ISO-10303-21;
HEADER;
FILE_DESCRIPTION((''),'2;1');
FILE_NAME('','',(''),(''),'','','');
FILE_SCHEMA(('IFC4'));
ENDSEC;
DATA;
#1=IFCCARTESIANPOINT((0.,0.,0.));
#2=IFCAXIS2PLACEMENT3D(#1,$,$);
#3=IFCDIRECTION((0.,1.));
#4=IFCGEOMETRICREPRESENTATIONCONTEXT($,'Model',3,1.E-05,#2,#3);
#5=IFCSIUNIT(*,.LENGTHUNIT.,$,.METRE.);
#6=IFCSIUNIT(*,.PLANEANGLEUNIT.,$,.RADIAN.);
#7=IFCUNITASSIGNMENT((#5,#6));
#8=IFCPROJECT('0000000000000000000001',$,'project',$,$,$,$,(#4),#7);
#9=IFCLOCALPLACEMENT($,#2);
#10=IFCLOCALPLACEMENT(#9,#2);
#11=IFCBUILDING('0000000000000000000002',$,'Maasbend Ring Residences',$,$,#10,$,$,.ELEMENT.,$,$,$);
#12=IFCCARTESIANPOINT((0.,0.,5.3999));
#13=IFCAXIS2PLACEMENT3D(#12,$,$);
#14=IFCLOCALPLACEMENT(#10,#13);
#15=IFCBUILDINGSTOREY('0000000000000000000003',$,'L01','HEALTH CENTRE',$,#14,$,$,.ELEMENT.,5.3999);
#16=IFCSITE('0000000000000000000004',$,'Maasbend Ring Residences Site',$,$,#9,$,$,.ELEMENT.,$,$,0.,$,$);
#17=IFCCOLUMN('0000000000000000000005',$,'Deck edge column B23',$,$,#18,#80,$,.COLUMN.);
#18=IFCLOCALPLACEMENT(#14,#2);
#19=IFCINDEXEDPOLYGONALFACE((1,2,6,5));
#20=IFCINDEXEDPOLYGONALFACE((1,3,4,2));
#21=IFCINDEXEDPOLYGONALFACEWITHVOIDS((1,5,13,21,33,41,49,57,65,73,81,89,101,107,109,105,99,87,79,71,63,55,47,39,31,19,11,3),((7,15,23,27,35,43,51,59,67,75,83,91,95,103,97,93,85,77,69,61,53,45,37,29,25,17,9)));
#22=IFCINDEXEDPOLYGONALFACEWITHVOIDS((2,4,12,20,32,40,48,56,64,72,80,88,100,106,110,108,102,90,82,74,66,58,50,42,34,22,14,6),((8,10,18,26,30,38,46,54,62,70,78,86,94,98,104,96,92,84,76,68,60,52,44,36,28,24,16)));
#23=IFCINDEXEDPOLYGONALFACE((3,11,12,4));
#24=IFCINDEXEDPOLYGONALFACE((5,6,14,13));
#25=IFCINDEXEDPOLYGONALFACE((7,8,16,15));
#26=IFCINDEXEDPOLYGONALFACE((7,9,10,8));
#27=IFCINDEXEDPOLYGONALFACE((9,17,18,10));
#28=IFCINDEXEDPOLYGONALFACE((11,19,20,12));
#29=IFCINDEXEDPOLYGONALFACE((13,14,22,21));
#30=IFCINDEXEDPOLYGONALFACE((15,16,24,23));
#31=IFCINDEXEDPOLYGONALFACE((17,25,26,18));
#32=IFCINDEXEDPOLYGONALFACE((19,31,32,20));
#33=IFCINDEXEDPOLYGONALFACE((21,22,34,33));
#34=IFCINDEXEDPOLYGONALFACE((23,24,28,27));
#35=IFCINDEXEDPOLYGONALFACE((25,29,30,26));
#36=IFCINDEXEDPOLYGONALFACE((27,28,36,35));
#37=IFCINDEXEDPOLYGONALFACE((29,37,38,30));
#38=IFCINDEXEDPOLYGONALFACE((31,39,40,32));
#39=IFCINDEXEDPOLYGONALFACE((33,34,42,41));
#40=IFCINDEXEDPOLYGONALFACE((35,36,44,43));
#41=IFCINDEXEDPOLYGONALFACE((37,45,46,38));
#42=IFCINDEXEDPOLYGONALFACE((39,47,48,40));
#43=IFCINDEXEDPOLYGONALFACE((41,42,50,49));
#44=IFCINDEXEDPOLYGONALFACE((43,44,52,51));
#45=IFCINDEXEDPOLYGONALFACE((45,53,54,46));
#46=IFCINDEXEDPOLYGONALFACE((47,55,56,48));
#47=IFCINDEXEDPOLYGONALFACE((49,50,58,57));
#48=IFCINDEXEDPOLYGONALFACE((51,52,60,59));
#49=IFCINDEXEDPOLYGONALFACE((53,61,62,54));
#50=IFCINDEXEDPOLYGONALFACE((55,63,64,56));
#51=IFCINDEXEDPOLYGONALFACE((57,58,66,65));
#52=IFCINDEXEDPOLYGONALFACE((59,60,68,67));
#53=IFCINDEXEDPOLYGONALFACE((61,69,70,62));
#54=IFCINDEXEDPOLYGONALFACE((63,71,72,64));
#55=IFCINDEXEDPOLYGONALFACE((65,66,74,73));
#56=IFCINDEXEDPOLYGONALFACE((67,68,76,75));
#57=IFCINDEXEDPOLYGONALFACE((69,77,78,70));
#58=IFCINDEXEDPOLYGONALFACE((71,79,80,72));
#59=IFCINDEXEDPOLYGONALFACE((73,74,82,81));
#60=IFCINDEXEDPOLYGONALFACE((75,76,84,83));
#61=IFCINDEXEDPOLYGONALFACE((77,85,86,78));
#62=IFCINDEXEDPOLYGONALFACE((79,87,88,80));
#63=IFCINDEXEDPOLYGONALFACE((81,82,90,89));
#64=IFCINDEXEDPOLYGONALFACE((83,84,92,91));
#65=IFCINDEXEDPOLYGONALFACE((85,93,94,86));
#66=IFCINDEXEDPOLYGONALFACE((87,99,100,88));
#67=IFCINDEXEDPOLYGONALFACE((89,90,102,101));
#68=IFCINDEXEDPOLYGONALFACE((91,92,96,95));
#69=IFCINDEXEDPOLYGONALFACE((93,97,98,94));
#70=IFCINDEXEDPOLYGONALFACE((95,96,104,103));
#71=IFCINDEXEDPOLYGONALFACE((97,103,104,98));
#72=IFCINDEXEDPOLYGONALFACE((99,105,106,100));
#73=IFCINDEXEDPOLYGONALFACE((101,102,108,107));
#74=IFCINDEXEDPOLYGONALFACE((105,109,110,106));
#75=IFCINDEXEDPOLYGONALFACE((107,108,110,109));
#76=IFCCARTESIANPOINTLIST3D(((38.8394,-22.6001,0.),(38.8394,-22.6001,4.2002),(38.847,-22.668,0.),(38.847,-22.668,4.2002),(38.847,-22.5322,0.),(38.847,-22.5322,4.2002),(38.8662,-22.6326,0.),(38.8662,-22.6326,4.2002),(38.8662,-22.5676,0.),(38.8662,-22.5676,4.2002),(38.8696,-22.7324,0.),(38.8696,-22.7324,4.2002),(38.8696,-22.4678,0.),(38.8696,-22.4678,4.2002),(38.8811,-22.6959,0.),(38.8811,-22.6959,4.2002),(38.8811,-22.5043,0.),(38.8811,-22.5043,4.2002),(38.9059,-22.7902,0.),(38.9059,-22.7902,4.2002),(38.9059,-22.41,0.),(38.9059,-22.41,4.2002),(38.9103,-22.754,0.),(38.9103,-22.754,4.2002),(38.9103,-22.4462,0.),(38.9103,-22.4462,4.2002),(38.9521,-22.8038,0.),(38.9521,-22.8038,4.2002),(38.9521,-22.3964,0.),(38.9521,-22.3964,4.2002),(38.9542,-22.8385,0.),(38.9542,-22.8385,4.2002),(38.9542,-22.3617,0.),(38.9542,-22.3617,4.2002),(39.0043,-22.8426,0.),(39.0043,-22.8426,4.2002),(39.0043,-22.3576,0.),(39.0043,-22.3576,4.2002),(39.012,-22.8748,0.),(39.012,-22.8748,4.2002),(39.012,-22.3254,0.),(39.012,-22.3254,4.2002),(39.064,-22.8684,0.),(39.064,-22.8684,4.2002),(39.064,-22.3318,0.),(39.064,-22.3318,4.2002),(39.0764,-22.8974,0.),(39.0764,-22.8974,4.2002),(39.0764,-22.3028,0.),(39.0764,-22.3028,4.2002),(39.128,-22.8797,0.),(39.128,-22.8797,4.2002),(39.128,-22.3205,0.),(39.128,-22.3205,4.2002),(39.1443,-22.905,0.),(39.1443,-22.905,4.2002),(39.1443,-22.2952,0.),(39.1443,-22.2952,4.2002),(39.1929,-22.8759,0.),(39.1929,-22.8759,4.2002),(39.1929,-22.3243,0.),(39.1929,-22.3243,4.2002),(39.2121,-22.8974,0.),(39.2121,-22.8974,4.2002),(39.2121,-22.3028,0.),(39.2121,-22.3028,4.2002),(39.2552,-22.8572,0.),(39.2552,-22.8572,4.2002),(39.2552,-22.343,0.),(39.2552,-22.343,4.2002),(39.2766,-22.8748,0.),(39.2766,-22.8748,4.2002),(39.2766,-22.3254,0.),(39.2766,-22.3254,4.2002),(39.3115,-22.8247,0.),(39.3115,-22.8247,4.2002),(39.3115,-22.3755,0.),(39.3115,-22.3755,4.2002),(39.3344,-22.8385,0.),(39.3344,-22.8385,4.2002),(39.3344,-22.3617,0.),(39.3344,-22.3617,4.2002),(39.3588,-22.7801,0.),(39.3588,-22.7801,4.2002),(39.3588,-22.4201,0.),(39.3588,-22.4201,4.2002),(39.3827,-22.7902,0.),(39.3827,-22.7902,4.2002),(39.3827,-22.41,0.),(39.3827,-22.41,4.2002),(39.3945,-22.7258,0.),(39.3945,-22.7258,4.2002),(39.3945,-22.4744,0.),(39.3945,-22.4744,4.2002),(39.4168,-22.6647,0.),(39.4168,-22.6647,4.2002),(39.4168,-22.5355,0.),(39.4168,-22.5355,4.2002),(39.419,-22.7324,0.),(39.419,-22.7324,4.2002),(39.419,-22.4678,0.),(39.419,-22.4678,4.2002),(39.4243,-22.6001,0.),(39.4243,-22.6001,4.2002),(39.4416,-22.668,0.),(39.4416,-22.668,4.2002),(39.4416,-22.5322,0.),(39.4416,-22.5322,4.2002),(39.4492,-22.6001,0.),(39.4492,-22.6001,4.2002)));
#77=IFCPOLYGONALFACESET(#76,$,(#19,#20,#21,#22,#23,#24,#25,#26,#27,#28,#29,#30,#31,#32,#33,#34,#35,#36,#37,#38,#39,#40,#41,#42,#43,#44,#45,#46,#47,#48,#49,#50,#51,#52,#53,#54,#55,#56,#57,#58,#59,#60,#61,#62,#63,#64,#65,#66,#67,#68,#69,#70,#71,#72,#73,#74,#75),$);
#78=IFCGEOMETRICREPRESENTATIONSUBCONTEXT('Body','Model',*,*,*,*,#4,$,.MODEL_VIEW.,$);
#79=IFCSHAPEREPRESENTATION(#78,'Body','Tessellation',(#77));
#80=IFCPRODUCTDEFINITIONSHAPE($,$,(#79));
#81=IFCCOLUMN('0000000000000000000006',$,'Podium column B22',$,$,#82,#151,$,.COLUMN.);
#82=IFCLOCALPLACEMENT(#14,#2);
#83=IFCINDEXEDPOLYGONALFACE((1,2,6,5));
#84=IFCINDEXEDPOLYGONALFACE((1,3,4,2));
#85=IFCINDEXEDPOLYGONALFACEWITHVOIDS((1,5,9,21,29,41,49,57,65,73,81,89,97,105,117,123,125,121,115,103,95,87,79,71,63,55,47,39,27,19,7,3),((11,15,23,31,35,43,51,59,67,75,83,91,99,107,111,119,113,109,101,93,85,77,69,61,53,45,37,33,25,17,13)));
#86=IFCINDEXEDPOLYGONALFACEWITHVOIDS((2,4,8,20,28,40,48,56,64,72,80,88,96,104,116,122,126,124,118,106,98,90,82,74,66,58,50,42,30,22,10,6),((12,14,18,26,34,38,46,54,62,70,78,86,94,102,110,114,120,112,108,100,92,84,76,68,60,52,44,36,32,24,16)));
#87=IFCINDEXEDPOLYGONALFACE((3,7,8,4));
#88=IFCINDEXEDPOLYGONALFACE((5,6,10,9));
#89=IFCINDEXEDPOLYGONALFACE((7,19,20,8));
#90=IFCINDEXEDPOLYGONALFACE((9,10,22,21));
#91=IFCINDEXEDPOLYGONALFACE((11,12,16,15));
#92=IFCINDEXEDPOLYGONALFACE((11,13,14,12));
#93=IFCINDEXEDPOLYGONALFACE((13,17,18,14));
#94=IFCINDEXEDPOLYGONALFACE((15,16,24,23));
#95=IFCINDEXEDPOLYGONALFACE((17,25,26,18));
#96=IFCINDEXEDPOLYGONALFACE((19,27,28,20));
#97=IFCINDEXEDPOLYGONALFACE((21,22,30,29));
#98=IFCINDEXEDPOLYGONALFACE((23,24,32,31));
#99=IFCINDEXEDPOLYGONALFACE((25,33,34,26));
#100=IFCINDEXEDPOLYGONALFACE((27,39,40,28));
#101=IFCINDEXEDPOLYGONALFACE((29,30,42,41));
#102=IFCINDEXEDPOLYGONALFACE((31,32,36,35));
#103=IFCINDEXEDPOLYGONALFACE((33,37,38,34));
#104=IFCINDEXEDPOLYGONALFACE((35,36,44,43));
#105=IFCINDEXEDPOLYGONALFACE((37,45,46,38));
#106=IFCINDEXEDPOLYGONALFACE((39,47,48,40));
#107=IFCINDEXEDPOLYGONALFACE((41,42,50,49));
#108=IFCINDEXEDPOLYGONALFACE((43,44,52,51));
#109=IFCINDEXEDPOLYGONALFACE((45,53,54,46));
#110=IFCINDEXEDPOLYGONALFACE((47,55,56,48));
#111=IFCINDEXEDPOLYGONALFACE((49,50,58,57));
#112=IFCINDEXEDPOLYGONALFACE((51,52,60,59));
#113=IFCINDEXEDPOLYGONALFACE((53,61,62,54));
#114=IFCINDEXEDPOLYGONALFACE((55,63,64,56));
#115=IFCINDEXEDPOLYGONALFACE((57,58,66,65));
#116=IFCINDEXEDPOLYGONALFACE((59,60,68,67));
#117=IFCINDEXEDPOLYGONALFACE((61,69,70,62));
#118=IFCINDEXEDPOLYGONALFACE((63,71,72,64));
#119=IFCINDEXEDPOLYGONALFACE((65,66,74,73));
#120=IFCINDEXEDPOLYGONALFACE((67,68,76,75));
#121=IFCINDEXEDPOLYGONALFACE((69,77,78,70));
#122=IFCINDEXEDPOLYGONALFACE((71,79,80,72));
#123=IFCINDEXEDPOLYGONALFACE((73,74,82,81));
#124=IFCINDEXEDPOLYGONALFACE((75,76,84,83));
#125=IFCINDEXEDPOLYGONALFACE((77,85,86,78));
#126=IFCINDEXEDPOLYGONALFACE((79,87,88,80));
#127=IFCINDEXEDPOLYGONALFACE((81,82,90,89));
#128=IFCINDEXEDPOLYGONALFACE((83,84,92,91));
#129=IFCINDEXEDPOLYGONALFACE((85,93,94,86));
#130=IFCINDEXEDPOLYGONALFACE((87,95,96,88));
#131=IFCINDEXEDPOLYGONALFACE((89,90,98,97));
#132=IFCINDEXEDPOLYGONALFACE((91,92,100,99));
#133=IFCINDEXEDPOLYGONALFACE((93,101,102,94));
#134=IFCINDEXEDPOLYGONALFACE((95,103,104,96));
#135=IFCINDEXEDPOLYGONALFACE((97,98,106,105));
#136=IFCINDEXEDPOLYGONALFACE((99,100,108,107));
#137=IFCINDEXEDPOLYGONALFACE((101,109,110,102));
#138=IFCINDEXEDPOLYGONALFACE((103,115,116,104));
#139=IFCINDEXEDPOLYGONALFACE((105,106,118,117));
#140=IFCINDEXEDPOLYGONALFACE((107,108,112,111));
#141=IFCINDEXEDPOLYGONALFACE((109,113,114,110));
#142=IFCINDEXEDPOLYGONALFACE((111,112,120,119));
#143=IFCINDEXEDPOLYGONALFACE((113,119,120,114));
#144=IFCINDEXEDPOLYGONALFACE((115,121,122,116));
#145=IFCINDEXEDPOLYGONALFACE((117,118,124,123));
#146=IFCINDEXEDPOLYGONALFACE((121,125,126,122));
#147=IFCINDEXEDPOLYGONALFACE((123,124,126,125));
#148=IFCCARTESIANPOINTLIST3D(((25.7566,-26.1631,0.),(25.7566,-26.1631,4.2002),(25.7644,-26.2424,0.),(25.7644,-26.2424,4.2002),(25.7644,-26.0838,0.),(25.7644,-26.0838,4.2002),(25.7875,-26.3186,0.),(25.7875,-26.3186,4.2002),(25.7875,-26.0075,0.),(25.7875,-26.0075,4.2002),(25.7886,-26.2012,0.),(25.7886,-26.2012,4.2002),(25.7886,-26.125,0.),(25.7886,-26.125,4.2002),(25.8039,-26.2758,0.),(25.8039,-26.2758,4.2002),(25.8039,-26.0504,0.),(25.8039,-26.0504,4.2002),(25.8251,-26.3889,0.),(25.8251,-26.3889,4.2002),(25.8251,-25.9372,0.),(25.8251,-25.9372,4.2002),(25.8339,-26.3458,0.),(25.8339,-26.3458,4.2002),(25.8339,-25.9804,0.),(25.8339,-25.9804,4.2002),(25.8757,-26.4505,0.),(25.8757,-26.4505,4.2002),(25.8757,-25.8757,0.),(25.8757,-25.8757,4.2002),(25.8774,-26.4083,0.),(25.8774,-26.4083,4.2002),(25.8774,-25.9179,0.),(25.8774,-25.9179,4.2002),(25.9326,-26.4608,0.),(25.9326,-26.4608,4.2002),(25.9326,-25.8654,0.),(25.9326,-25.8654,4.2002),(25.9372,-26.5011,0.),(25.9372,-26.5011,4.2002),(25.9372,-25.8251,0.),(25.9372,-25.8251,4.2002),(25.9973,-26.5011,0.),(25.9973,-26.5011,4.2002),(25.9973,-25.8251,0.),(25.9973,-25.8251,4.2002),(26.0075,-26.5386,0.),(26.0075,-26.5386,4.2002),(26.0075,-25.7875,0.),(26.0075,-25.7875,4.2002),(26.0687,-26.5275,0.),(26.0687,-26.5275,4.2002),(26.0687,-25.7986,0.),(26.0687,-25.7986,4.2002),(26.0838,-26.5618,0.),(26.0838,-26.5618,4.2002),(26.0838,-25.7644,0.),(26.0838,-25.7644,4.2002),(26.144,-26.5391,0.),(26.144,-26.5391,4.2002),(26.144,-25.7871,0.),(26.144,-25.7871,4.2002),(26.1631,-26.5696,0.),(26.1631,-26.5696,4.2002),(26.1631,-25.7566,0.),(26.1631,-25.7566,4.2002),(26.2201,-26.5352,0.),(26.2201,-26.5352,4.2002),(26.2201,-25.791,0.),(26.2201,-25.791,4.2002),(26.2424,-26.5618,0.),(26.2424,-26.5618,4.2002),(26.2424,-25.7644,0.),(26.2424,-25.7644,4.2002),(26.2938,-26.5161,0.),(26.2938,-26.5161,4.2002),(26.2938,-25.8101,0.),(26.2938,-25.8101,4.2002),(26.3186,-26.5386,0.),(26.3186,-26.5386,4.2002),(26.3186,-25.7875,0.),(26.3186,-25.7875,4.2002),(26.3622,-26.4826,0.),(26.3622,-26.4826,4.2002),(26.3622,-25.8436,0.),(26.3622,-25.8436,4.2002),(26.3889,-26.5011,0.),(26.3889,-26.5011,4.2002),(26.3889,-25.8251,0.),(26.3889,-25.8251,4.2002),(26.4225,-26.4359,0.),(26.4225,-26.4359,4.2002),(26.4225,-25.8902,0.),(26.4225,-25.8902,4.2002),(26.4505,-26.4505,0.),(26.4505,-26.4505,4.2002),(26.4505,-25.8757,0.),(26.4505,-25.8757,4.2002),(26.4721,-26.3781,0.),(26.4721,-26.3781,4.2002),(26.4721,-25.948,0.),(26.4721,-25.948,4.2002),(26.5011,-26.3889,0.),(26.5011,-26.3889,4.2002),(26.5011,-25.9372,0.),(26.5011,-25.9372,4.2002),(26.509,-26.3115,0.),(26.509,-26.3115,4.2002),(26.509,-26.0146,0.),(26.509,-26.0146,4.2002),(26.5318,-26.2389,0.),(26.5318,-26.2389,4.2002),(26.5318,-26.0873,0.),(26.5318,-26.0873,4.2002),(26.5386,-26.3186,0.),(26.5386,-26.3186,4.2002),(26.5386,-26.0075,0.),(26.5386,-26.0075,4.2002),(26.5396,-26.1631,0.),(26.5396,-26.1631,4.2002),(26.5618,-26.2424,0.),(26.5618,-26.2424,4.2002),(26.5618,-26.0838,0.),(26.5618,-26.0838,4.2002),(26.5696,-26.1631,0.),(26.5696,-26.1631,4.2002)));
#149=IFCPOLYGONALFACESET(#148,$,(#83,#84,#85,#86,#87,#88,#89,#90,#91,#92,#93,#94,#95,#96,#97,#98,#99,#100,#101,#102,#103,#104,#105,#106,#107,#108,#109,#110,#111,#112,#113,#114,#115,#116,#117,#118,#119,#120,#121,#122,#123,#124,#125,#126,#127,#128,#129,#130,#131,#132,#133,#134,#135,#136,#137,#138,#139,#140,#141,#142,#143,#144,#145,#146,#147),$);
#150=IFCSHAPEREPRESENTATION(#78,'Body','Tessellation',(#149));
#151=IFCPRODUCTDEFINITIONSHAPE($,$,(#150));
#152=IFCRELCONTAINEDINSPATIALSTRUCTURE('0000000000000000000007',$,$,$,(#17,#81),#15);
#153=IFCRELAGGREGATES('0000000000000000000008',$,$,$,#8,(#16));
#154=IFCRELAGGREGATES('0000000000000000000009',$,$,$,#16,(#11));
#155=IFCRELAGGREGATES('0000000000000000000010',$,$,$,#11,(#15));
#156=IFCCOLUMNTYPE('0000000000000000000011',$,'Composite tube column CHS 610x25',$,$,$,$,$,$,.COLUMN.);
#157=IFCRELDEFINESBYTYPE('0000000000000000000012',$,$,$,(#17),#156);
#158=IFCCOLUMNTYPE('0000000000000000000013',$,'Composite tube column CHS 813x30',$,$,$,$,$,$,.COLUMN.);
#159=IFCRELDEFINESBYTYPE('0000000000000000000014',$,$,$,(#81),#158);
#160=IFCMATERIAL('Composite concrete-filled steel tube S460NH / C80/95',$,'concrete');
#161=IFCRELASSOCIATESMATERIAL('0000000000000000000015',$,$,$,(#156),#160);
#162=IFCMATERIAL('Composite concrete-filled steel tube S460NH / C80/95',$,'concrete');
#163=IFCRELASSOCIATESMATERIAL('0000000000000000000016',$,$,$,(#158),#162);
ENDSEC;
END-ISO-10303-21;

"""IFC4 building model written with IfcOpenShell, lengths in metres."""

from ifc_helpers import new_model, si_unit, direction, frame, origin, origin_2d, place, context, subcontext, project, spatial, hollow_circle, extrude, material, material_profile, profile_set, type_object, element, save


model = new_model("IFC4")

# Units and contexts
model_context = context("Model", 3, precision=1e-05, world=origin(), true_north=direction((0.0, 1.0)))
body_context = subcontext(model_context, "Body", "Model", "MODEL_VIEW")
ifc_project = project(units=[si_unit("LENGTHUNIT", "METRE"), si_unit("PLANEANGLEUNIT", "RADIAN")], contexts=[model_context])

# Site, building, storey
site_placement = place(None, origin())
site = spatial("IfcSite", under=ifc_project, at=site_placement, Name="Maasbend Ring Residences Site", CompositionType="ELEMENT", RefElevation=0.0)
building_placement = place(site_placement, origin())
building = spatial("IfcBuilding", under=site, at=building_placement, Name="Maasbend Ring Residences", CompositionType="ELEMENT")
storey_placement = place(building_placement, frame((0.0, 0.0, 5.3999)))
storey = spatial("IfcBuildingStorey", under=building, at=storey_placement, Name="L01", Description="HEALTH CENTRE", CompositionType="ELEMENT", Elevation=5.3999)

# Columns
ifc_material_1 = material(Name="Composite concrete-filled steel tube S460NH / C80/95", Category="concrete")
ifc_material_profile_1 = material_profile(ifc_material_1, hollow_circle(Radius=0.3049, WallThickness=0.0249, at=origin_2d()), Name="Composite tube column CHS 610x25")
ifc_profile_set_1 = profile_set([ifc_material_profile_1], Name="Composite concrete-filled steel tube S460NH / C80/95")
column_type_1 = type_object("IfcColumnType", Name="Composite tube column CHS 610x25", PredefinedType="COLUMN", material=ifc_profile_set_1)
column_placement = place(storey_placement, frame((39.1443, -22.6001, 0.0), z_axis=(0.0, 0.0, 1.0), x_axis=(1.0, 0.0, 0.0)))
element("IfcColumn", 1, at=column_placement, inside=storey, type_object=column_type_1, Name="Deck edge column B23", PredefinedType="COLUMN", context=body_context, shape_type="SweptSolid", body=[
    extrude(hollow_circle(Radius=0.3049, WallThickness=0.0249, at=origin_2d()), origin(), (0.0, 0.0, 1.0), 4.2002),
])
ifc_material_2 = material(Name="Composite concrete-filled steel tube S460NH / C80/95", Category="concrete")
ifc_material_profile_2 = material_profile(ifc_material_2, hollow_circle(Radius=0.4065, WallThickness=0.03, at=origin_2d()), Name="Composite tube column CHS 813x30")
ifc_profile_set_2 = profile_set([ifc_material_profile_2], Name="Composite concrete-filled steel tube S460NH / C80/95")
column_type_2 = type_object("IfcColumnType", Name="Composite tube column CHS 813x30", PredefinedType="COLUMN", material=ifc_profile_set_2)
for number, where, z_axis, x_axis, name in (
    (2, (26.1631, -26.1631, 0.0), (0.0, 0.0, 1.0), (1.0, 0.0, 0.0), "Podium column B22"),
):
    element("IfcColumn", number, at=place(storey_placement, frame(where, z_axis=z_axis, x_axis=x_axis)), inside=storey, type_object=column_type_2, Name=name, PredefinedType="COLUMN", context=body_context, shape_type="SweptSolid", body=[
        extrude(hollow_circle(Radius=0.4065, WallThickness=0.03, at=origin_2d()), origin(), (0.0, 0.0, 1.0), 4.2002),
    ])

save(model, "model.ifc")
